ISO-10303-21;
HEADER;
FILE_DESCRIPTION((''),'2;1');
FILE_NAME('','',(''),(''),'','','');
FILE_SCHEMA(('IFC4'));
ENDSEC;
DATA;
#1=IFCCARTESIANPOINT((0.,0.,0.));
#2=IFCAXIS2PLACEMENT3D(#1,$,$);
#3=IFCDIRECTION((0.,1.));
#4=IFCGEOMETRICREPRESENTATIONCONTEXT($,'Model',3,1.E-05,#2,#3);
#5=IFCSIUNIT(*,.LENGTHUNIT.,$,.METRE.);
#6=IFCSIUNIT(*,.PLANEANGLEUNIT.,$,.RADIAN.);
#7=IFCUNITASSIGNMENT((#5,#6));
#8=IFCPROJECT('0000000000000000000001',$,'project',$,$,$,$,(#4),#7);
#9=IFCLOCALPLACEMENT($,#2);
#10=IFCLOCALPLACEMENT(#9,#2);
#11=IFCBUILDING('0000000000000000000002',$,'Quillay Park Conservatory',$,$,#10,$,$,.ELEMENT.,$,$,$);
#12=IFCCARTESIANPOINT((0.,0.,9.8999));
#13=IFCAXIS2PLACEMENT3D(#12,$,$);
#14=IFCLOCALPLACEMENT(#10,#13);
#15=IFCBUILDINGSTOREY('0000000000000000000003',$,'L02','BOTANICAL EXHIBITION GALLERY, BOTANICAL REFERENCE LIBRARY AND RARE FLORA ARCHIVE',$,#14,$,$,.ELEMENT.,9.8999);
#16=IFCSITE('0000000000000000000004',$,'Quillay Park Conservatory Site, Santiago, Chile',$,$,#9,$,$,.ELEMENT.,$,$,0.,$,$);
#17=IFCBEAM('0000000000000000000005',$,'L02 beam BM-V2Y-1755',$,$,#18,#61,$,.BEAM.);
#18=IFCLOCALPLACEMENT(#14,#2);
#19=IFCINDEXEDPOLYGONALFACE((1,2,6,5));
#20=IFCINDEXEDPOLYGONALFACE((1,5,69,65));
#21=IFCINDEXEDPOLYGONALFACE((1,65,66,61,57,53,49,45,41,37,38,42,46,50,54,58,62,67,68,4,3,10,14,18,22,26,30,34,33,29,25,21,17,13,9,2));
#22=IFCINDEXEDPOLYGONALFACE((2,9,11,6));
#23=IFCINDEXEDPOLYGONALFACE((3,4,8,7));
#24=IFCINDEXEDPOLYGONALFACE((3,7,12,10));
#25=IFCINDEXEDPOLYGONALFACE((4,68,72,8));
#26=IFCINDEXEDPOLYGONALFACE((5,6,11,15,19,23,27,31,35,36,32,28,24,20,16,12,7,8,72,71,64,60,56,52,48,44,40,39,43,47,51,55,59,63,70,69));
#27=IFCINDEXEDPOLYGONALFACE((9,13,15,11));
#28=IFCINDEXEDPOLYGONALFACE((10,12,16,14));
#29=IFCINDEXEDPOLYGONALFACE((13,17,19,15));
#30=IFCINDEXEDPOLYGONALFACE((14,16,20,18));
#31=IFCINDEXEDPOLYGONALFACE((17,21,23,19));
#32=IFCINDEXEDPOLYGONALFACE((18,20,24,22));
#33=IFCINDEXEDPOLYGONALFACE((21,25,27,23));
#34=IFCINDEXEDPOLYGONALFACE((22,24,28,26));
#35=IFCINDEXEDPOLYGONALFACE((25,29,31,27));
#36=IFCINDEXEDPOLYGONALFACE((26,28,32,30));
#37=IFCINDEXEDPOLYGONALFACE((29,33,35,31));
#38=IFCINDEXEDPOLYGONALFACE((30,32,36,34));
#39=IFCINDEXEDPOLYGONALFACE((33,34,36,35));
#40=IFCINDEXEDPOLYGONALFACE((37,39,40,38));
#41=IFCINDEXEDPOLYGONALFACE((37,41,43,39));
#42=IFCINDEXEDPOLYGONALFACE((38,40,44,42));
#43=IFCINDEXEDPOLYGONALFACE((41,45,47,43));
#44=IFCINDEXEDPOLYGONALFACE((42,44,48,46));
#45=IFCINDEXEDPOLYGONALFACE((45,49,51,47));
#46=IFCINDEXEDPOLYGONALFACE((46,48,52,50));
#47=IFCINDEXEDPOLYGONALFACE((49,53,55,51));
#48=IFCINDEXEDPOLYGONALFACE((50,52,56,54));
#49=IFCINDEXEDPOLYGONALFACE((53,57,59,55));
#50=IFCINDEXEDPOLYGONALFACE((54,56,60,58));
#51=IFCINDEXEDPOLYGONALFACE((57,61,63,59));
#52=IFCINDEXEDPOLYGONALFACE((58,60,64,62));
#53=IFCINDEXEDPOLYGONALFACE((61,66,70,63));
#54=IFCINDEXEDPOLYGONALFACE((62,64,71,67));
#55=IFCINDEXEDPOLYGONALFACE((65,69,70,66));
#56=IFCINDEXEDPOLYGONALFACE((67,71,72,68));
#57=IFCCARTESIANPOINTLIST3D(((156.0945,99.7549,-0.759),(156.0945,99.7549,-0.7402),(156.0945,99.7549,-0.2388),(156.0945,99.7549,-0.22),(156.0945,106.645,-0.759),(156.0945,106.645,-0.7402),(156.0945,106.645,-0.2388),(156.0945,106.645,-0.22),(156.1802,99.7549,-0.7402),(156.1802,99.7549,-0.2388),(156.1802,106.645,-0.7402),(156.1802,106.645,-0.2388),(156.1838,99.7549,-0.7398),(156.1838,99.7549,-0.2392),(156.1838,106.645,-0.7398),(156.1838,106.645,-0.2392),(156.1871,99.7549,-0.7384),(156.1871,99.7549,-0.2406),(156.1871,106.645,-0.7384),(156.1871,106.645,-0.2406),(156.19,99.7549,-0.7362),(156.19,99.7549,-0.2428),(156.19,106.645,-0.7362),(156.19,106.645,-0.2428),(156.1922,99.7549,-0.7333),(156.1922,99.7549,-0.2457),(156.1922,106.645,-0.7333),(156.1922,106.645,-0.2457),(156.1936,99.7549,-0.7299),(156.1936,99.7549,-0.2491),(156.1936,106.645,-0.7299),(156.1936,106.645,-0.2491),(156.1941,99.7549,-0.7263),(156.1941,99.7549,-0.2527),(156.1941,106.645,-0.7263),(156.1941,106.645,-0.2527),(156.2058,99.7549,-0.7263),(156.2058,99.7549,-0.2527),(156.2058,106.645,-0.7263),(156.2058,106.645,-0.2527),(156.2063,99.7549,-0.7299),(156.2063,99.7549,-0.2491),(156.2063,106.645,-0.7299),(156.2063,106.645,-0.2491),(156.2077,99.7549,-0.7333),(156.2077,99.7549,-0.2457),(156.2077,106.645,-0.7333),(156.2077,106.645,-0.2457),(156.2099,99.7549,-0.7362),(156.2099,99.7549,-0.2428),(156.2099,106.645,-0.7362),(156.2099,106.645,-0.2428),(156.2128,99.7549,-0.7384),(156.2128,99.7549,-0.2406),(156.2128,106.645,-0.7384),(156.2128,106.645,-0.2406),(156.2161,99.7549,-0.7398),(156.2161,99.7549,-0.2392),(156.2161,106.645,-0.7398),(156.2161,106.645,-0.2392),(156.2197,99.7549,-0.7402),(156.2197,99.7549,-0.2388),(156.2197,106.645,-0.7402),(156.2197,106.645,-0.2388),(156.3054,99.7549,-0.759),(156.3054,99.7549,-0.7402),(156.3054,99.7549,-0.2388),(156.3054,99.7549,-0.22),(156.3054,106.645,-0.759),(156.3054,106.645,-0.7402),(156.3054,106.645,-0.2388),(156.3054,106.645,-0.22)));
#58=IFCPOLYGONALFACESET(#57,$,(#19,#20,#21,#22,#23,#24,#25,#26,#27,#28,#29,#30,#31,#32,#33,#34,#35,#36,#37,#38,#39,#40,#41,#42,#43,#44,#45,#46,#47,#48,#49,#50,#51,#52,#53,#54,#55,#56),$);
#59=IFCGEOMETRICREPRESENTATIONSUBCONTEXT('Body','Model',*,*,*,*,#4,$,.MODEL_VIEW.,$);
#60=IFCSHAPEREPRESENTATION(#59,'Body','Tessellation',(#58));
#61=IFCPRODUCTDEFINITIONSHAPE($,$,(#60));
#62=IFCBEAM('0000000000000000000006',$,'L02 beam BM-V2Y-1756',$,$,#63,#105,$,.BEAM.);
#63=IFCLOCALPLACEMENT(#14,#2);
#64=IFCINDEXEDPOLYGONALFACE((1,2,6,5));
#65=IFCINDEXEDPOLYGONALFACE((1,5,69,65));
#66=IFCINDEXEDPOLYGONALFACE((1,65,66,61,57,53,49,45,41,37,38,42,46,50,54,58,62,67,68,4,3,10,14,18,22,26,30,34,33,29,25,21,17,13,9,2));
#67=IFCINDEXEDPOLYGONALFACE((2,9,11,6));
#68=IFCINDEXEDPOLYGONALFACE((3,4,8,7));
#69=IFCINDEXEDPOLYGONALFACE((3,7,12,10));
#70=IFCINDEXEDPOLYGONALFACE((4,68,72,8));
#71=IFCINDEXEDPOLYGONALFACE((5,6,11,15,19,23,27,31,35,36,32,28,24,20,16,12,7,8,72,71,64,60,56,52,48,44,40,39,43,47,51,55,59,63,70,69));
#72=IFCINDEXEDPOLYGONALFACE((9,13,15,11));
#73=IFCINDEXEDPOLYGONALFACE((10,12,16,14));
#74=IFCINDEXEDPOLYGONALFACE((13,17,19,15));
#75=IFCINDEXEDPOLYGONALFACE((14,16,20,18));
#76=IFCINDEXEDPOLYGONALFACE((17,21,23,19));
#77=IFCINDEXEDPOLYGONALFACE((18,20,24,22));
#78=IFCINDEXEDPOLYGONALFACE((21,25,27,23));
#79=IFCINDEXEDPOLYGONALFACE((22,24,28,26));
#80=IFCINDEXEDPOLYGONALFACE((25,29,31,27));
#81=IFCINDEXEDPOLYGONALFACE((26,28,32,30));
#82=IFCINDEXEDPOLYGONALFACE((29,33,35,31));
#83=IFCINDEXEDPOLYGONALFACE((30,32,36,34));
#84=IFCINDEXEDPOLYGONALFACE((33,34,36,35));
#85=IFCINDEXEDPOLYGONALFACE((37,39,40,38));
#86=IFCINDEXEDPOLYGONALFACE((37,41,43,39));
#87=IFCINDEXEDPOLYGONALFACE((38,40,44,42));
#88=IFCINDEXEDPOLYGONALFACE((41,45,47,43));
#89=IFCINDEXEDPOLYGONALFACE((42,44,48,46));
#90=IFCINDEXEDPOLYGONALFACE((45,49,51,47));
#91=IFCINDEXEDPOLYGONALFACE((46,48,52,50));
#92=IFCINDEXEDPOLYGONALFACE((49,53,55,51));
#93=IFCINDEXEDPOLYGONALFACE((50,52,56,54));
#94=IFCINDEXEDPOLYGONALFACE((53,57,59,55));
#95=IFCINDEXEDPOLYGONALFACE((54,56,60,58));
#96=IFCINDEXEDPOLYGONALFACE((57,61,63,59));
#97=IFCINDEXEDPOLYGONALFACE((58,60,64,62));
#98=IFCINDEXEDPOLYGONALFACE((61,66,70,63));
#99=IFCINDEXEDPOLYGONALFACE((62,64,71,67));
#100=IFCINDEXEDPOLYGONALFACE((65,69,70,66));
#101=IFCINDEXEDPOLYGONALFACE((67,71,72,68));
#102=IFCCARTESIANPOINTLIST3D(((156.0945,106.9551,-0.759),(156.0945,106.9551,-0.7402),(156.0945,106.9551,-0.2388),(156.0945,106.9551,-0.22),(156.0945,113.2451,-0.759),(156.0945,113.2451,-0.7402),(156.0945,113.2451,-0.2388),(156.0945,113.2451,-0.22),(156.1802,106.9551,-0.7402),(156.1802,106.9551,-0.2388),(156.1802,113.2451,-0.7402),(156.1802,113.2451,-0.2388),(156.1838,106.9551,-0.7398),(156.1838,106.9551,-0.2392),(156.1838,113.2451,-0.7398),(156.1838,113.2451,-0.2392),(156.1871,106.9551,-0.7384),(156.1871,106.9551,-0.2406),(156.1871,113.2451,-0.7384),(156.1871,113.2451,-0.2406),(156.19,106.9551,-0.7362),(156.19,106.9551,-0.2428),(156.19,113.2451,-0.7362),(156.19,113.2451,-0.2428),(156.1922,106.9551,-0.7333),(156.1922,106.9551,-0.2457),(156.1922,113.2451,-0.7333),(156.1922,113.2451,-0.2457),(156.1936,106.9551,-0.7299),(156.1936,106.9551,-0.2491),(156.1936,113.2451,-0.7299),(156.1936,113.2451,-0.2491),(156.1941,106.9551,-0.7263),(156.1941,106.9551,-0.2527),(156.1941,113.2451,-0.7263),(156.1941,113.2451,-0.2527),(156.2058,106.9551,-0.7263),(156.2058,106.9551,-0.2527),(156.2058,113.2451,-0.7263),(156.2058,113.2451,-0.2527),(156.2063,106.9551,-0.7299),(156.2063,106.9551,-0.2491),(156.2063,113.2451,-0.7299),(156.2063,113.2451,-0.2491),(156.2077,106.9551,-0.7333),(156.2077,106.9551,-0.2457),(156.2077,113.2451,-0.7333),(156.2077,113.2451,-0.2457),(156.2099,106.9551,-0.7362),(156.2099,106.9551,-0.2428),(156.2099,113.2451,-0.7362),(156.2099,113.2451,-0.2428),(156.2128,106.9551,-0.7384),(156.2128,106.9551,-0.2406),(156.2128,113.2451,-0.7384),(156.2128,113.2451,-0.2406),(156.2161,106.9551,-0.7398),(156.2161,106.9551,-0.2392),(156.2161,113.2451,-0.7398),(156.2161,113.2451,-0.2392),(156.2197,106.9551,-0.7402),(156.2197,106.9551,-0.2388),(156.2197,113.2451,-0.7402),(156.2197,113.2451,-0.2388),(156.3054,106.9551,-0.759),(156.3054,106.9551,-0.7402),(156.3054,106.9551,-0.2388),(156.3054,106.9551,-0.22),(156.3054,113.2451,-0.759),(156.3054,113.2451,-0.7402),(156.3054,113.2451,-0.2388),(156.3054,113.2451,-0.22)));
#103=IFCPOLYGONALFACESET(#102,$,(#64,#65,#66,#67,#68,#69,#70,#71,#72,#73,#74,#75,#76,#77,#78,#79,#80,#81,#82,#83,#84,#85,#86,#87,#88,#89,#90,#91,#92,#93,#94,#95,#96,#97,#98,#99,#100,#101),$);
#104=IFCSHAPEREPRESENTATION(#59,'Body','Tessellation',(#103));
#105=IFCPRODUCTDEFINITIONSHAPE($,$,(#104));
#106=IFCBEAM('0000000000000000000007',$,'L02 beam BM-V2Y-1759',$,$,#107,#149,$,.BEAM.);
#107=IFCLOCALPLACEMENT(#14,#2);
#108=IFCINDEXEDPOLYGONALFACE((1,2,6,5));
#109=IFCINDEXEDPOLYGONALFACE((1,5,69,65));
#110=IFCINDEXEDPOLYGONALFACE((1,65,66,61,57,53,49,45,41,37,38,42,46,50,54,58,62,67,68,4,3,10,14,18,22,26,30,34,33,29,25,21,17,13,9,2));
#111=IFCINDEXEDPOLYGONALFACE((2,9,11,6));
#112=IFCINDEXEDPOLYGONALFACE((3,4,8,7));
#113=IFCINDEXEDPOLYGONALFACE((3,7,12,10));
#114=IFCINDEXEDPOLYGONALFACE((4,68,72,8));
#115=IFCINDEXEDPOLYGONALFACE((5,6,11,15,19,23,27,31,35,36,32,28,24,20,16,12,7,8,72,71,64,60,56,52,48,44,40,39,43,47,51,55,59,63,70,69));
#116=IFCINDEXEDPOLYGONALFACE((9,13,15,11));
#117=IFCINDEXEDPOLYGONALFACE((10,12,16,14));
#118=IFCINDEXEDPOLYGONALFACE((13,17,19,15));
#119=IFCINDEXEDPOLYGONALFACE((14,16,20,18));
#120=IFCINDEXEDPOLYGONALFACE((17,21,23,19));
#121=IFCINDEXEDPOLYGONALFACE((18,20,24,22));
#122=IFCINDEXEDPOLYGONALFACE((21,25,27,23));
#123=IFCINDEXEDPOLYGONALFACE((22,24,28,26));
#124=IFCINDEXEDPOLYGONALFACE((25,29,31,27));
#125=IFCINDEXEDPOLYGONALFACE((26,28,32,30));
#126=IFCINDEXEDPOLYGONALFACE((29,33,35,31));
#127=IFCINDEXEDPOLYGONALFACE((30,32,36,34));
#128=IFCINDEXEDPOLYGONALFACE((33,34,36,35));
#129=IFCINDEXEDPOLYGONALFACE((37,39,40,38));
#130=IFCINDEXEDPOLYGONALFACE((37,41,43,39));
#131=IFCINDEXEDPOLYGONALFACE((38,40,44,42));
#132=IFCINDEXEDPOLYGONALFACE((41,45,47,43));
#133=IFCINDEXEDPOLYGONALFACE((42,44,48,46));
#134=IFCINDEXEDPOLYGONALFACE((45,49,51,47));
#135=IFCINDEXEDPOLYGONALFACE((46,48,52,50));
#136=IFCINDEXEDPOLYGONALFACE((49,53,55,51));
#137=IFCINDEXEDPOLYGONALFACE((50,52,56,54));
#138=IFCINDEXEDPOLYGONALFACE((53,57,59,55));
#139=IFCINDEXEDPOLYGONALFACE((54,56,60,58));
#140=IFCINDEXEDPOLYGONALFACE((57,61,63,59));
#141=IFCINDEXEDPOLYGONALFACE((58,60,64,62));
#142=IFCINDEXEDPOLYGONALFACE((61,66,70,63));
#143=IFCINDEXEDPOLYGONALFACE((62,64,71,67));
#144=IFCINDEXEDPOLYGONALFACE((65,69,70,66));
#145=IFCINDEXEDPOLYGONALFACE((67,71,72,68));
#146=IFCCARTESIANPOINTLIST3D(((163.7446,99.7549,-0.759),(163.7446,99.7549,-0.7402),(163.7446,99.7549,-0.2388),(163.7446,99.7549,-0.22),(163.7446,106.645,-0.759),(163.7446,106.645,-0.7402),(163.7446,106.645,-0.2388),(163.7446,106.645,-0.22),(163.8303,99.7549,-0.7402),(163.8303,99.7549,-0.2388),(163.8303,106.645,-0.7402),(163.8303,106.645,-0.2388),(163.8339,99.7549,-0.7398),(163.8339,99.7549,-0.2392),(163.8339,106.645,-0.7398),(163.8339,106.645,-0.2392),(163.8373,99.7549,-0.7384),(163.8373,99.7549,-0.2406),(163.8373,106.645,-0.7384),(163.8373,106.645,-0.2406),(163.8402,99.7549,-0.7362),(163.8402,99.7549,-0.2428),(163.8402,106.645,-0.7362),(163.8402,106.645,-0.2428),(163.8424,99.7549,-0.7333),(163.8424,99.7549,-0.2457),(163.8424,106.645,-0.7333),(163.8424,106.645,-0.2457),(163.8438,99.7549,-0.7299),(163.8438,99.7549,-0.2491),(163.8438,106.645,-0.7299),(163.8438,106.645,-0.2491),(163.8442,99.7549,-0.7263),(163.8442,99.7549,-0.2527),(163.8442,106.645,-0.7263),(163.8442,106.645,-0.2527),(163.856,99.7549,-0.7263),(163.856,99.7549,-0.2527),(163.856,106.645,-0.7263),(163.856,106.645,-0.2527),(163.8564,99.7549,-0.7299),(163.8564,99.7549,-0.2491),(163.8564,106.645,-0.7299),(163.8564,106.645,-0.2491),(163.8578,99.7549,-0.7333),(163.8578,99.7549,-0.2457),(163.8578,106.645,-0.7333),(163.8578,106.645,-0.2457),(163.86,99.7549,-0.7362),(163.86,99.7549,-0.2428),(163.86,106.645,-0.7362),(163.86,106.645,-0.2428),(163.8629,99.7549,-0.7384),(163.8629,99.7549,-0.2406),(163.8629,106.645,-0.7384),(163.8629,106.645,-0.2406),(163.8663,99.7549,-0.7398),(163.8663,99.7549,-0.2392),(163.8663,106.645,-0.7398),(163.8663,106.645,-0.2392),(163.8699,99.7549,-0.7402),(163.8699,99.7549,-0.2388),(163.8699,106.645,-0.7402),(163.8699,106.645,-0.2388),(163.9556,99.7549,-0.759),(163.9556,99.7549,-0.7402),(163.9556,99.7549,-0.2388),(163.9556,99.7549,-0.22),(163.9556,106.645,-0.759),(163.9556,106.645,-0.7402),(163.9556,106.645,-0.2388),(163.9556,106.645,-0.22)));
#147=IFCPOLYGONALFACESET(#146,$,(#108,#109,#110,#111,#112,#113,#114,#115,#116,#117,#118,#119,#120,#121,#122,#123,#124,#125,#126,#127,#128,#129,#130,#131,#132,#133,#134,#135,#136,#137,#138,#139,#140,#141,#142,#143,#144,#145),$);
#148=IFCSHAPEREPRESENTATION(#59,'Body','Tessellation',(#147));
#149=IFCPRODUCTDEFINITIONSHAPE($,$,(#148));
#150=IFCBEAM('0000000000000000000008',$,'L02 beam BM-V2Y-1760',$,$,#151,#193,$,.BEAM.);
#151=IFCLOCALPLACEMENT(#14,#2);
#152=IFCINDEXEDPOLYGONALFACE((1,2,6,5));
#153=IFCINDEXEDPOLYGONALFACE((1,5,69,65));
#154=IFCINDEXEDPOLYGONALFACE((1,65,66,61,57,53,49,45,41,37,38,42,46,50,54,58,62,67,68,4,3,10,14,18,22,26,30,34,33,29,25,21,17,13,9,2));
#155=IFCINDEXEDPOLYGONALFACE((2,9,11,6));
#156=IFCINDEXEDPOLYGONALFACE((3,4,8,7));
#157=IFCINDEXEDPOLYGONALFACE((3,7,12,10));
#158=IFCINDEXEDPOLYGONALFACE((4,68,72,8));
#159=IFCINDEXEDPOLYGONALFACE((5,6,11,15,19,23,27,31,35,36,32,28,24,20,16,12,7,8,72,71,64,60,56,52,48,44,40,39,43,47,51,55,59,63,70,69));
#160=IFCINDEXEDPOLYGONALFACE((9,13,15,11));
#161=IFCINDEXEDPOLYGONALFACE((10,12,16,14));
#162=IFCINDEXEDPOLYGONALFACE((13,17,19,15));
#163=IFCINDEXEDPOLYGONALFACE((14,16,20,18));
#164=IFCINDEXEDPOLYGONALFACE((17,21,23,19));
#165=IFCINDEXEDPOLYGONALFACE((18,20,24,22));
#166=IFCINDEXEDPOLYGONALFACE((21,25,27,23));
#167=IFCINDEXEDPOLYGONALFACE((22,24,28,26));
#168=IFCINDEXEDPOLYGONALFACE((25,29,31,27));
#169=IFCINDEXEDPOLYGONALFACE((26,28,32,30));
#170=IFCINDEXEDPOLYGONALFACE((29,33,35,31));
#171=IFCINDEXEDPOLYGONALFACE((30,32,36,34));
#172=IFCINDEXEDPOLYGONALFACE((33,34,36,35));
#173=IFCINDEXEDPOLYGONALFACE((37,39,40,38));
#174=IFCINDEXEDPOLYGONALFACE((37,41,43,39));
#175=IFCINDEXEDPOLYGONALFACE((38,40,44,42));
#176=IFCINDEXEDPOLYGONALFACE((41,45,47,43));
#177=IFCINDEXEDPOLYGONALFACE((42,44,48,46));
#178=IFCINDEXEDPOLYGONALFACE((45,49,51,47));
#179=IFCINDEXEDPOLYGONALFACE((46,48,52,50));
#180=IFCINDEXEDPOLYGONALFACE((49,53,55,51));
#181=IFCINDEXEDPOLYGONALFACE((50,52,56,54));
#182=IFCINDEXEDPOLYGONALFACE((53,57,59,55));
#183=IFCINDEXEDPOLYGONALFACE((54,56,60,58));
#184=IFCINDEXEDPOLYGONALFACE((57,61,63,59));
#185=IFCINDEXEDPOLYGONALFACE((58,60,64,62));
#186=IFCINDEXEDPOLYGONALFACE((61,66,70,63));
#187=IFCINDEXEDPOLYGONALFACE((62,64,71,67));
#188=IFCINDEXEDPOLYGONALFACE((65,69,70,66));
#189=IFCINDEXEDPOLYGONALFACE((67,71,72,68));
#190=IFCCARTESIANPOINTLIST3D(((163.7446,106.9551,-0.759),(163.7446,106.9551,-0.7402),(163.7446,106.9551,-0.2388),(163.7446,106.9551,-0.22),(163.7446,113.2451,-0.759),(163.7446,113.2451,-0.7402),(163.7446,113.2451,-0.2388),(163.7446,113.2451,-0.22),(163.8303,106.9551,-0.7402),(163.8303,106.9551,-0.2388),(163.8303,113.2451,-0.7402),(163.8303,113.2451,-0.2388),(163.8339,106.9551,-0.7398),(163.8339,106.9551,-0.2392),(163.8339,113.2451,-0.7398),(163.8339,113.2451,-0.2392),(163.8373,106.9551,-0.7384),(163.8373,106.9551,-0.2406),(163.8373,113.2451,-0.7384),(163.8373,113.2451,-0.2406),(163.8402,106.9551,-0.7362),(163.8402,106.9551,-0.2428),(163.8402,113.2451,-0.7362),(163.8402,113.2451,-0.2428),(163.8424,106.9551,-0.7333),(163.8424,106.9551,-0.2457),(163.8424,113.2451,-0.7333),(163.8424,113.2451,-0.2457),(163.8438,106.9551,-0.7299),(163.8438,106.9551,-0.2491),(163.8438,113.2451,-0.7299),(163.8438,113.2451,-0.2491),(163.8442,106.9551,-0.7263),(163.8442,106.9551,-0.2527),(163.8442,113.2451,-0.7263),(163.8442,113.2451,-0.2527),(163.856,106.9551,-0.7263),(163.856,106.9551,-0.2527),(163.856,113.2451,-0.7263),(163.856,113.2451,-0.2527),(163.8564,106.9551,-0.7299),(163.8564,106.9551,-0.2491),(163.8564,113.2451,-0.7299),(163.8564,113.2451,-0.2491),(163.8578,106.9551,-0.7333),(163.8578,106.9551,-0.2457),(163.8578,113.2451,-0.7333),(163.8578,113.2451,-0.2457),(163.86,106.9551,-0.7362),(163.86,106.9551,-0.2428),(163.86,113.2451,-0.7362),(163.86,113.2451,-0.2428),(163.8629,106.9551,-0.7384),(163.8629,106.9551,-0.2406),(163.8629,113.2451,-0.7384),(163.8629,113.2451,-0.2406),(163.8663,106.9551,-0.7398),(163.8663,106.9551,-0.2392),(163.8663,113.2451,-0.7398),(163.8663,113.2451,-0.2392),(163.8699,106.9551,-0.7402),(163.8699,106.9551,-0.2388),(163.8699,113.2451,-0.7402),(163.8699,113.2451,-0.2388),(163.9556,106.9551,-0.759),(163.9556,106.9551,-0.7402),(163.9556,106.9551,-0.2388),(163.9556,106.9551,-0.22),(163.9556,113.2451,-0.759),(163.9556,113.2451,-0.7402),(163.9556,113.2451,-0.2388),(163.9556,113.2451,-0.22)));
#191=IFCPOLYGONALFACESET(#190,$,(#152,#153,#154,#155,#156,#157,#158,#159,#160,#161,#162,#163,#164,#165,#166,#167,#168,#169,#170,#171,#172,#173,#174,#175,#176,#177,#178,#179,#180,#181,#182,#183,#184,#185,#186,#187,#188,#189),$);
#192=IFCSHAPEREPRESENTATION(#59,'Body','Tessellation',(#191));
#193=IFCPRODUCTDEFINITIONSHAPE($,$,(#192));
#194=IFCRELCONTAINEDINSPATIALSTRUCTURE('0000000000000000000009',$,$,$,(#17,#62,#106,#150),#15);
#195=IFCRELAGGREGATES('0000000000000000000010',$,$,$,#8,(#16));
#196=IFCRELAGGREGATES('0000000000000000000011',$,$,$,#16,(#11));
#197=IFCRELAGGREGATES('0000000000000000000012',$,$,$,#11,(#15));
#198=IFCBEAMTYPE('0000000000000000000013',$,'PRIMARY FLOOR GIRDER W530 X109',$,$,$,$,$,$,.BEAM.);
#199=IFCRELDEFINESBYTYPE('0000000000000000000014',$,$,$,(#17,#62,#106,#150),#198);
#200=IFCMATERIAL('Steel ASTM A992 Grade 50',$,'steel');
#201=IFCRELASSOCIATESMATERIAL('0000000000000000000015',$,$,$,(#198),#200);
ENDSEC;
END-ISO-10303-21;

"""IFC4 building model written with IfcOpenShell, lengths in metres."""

from ifc_helpers import new_model, si_unit, direction, frame, origin, origin_2d, place, context, subcontext, project, spatial, i_section, extrude, material, material_profile, profile_set, type_object, element, save


model = new_model("IFC4")

# Units and contexts
model_context = context("Model", 3, precision=1e-05, world=origin(), true_north=direction((0.0, 1.0)))
body_context = subcontext(model_context, "Body", "Model", "MODEL_VIEW")
ifc_project = project(units=[si_unit("LENGTHUNIT", "METRE"), si_unit("PLANEANGLEUNIT", "RADIAN")], contexts=[model_context])

# Site, building, storey
site_placement = place(None, origin())
site = spatial("IfcSite", under=ifc_project, at=site_placement, Name="Quillay Park Conservatory Site, Santiago, Chile", CompositionType="ELEMENT", RefElevation=0.0)
building_placement = place(site_placement, origin())
building = spatial("IfcBuilding", under=site, at=building_placement, Name="Quillay Park Conservatory", CompositionType="ELEMENT")
storey_placement = place(building_placement, frame((0.0, 0.0, 9.8999)))
storey = spatial("IfcBuildingStorey", under=building, at=storey_placement, Name="L02", Description="BOTANICAL EXHIBITION GALLERY, BOTANICAL REFERENCE LIBRARY AND RARE FLORA ARCHIVE", CompositionType="ELEMENT", Elevation=9.8999)

# Beams
ifc_material_1 = material(Name="Steel ASTM A992 Grade 50", Category="steel")
ifc_material_profile_1 = material_profile(ifc_material_1, i_section(OverallWidth=0.2109, OverallDepth=0.5391, WebThickness=0.0117, FlangeThickness=0.0188, FilletRadius=0.0139, at=origin_2d()), Name="W530x109")
ifc_profile_set_1 = profile_set([ifc_material_profile_1], Name="Steel ASTM A992 Grade 50")
beam_type_1 = type_object("IfcBeamType", Name="PRIMARY FLOOR GIRDER W530 X109", PredefinedType="BEAM", material=ifc_profile_set_1)
beam_1_placement = place(storey_placement, frame((156.2, 99.7549, -0.4895), z_axis=(0.0, 1.0, 0.0), x_axis=(-1.0, 0.0, 0.0)))
element("IfcBeam", 1, at=beam_1_placement, inside=storey, type_object=beam_type_1, Name="L02 beam BM-V2Y-1755", PredefinedType="BEAM", context=body_context, shape_type="SweptSolid", body=[
    extrude(i_section(OverallWidth=0.2109, OverallDepth=0.5391, WebThickness=0.0117, FlangeThickness=0.0188, FilletRadius=0.0139, at=origin_2d()), origin(), (0.0, 0.0, 1.0), 6.8901),
])
beam_2_placement = place(storey_placement, frame((156.2, 106.9551, -0.4895), z_axis=(0.0, 1.0, 0.0), x_axis=(-1.0, 0.0, 0.0)))
element("IfcBeam", 2, at=beam_2_placement, inside=storey, type_object=beam_type_1, Name="L02 beam BM-V2Y-1756", PredefinedType="BEAM", context=body_context, shape_type="SweptSolid", body=[
    extrude(i_section(OverallWidth=0.2109, OverallDepth=0.5391, WebThickness=0.0117, FlangeThickness=0.0188, FilletRadius=0.0139, at=origin_2d()), origin(), (0.0, 0.0, 1.0), 6.29),
])
beam_3_placement = place(storey_placement, frame((163.8501, 99.7549, -0.4895), z_axis=(0.0, 1.0, 0.0), x_axis=(-1.0, 0.0, 0.0)))
element("IfcBeam", 3, at=beam_3_placement, inside=storey, type_object=beam_type_1, Name="L02 beam BM-V2Y-1759", PredefinedType="BEAM", context=body_context, shape_type="SweptSolid", body=[
    extrude(i_section(OverallWidth=0.2109, OverallDepth=0.5391, WebThickness=0.0117, FlangeThickness=0.0188, FilletRadius=0.0139, at=origin_2d()), origin(), (0.0, 0.0, 1.0), 6.8901),
])
beam_4_placement = place(storey_placement, frame((163.8501, 106.9551, -0.4895), z_axis=(0.0, 1.0, 0.0), x_axis=(-1.0, 0.0, 0.0)))
element("IfcBeam", 4, at=beam_4_placement, inside=storey, type_object=beam_type_1, Name="L02 beam BM-V2Y-1760", PredefinedType="BEAM", context=body_context, shape_type="SweptSolid", body=[
    extrude(i_section(OverallWidth=0.2109, OverallDepth=0.5391, WebThickness=0.0117, FlangeThickness=0.0188, FilletRadius=0.0139, at=origin_2d()), origin(), (0.0, 0.0, 1.0), 6.29),
])

save(model, "model.ifc")
